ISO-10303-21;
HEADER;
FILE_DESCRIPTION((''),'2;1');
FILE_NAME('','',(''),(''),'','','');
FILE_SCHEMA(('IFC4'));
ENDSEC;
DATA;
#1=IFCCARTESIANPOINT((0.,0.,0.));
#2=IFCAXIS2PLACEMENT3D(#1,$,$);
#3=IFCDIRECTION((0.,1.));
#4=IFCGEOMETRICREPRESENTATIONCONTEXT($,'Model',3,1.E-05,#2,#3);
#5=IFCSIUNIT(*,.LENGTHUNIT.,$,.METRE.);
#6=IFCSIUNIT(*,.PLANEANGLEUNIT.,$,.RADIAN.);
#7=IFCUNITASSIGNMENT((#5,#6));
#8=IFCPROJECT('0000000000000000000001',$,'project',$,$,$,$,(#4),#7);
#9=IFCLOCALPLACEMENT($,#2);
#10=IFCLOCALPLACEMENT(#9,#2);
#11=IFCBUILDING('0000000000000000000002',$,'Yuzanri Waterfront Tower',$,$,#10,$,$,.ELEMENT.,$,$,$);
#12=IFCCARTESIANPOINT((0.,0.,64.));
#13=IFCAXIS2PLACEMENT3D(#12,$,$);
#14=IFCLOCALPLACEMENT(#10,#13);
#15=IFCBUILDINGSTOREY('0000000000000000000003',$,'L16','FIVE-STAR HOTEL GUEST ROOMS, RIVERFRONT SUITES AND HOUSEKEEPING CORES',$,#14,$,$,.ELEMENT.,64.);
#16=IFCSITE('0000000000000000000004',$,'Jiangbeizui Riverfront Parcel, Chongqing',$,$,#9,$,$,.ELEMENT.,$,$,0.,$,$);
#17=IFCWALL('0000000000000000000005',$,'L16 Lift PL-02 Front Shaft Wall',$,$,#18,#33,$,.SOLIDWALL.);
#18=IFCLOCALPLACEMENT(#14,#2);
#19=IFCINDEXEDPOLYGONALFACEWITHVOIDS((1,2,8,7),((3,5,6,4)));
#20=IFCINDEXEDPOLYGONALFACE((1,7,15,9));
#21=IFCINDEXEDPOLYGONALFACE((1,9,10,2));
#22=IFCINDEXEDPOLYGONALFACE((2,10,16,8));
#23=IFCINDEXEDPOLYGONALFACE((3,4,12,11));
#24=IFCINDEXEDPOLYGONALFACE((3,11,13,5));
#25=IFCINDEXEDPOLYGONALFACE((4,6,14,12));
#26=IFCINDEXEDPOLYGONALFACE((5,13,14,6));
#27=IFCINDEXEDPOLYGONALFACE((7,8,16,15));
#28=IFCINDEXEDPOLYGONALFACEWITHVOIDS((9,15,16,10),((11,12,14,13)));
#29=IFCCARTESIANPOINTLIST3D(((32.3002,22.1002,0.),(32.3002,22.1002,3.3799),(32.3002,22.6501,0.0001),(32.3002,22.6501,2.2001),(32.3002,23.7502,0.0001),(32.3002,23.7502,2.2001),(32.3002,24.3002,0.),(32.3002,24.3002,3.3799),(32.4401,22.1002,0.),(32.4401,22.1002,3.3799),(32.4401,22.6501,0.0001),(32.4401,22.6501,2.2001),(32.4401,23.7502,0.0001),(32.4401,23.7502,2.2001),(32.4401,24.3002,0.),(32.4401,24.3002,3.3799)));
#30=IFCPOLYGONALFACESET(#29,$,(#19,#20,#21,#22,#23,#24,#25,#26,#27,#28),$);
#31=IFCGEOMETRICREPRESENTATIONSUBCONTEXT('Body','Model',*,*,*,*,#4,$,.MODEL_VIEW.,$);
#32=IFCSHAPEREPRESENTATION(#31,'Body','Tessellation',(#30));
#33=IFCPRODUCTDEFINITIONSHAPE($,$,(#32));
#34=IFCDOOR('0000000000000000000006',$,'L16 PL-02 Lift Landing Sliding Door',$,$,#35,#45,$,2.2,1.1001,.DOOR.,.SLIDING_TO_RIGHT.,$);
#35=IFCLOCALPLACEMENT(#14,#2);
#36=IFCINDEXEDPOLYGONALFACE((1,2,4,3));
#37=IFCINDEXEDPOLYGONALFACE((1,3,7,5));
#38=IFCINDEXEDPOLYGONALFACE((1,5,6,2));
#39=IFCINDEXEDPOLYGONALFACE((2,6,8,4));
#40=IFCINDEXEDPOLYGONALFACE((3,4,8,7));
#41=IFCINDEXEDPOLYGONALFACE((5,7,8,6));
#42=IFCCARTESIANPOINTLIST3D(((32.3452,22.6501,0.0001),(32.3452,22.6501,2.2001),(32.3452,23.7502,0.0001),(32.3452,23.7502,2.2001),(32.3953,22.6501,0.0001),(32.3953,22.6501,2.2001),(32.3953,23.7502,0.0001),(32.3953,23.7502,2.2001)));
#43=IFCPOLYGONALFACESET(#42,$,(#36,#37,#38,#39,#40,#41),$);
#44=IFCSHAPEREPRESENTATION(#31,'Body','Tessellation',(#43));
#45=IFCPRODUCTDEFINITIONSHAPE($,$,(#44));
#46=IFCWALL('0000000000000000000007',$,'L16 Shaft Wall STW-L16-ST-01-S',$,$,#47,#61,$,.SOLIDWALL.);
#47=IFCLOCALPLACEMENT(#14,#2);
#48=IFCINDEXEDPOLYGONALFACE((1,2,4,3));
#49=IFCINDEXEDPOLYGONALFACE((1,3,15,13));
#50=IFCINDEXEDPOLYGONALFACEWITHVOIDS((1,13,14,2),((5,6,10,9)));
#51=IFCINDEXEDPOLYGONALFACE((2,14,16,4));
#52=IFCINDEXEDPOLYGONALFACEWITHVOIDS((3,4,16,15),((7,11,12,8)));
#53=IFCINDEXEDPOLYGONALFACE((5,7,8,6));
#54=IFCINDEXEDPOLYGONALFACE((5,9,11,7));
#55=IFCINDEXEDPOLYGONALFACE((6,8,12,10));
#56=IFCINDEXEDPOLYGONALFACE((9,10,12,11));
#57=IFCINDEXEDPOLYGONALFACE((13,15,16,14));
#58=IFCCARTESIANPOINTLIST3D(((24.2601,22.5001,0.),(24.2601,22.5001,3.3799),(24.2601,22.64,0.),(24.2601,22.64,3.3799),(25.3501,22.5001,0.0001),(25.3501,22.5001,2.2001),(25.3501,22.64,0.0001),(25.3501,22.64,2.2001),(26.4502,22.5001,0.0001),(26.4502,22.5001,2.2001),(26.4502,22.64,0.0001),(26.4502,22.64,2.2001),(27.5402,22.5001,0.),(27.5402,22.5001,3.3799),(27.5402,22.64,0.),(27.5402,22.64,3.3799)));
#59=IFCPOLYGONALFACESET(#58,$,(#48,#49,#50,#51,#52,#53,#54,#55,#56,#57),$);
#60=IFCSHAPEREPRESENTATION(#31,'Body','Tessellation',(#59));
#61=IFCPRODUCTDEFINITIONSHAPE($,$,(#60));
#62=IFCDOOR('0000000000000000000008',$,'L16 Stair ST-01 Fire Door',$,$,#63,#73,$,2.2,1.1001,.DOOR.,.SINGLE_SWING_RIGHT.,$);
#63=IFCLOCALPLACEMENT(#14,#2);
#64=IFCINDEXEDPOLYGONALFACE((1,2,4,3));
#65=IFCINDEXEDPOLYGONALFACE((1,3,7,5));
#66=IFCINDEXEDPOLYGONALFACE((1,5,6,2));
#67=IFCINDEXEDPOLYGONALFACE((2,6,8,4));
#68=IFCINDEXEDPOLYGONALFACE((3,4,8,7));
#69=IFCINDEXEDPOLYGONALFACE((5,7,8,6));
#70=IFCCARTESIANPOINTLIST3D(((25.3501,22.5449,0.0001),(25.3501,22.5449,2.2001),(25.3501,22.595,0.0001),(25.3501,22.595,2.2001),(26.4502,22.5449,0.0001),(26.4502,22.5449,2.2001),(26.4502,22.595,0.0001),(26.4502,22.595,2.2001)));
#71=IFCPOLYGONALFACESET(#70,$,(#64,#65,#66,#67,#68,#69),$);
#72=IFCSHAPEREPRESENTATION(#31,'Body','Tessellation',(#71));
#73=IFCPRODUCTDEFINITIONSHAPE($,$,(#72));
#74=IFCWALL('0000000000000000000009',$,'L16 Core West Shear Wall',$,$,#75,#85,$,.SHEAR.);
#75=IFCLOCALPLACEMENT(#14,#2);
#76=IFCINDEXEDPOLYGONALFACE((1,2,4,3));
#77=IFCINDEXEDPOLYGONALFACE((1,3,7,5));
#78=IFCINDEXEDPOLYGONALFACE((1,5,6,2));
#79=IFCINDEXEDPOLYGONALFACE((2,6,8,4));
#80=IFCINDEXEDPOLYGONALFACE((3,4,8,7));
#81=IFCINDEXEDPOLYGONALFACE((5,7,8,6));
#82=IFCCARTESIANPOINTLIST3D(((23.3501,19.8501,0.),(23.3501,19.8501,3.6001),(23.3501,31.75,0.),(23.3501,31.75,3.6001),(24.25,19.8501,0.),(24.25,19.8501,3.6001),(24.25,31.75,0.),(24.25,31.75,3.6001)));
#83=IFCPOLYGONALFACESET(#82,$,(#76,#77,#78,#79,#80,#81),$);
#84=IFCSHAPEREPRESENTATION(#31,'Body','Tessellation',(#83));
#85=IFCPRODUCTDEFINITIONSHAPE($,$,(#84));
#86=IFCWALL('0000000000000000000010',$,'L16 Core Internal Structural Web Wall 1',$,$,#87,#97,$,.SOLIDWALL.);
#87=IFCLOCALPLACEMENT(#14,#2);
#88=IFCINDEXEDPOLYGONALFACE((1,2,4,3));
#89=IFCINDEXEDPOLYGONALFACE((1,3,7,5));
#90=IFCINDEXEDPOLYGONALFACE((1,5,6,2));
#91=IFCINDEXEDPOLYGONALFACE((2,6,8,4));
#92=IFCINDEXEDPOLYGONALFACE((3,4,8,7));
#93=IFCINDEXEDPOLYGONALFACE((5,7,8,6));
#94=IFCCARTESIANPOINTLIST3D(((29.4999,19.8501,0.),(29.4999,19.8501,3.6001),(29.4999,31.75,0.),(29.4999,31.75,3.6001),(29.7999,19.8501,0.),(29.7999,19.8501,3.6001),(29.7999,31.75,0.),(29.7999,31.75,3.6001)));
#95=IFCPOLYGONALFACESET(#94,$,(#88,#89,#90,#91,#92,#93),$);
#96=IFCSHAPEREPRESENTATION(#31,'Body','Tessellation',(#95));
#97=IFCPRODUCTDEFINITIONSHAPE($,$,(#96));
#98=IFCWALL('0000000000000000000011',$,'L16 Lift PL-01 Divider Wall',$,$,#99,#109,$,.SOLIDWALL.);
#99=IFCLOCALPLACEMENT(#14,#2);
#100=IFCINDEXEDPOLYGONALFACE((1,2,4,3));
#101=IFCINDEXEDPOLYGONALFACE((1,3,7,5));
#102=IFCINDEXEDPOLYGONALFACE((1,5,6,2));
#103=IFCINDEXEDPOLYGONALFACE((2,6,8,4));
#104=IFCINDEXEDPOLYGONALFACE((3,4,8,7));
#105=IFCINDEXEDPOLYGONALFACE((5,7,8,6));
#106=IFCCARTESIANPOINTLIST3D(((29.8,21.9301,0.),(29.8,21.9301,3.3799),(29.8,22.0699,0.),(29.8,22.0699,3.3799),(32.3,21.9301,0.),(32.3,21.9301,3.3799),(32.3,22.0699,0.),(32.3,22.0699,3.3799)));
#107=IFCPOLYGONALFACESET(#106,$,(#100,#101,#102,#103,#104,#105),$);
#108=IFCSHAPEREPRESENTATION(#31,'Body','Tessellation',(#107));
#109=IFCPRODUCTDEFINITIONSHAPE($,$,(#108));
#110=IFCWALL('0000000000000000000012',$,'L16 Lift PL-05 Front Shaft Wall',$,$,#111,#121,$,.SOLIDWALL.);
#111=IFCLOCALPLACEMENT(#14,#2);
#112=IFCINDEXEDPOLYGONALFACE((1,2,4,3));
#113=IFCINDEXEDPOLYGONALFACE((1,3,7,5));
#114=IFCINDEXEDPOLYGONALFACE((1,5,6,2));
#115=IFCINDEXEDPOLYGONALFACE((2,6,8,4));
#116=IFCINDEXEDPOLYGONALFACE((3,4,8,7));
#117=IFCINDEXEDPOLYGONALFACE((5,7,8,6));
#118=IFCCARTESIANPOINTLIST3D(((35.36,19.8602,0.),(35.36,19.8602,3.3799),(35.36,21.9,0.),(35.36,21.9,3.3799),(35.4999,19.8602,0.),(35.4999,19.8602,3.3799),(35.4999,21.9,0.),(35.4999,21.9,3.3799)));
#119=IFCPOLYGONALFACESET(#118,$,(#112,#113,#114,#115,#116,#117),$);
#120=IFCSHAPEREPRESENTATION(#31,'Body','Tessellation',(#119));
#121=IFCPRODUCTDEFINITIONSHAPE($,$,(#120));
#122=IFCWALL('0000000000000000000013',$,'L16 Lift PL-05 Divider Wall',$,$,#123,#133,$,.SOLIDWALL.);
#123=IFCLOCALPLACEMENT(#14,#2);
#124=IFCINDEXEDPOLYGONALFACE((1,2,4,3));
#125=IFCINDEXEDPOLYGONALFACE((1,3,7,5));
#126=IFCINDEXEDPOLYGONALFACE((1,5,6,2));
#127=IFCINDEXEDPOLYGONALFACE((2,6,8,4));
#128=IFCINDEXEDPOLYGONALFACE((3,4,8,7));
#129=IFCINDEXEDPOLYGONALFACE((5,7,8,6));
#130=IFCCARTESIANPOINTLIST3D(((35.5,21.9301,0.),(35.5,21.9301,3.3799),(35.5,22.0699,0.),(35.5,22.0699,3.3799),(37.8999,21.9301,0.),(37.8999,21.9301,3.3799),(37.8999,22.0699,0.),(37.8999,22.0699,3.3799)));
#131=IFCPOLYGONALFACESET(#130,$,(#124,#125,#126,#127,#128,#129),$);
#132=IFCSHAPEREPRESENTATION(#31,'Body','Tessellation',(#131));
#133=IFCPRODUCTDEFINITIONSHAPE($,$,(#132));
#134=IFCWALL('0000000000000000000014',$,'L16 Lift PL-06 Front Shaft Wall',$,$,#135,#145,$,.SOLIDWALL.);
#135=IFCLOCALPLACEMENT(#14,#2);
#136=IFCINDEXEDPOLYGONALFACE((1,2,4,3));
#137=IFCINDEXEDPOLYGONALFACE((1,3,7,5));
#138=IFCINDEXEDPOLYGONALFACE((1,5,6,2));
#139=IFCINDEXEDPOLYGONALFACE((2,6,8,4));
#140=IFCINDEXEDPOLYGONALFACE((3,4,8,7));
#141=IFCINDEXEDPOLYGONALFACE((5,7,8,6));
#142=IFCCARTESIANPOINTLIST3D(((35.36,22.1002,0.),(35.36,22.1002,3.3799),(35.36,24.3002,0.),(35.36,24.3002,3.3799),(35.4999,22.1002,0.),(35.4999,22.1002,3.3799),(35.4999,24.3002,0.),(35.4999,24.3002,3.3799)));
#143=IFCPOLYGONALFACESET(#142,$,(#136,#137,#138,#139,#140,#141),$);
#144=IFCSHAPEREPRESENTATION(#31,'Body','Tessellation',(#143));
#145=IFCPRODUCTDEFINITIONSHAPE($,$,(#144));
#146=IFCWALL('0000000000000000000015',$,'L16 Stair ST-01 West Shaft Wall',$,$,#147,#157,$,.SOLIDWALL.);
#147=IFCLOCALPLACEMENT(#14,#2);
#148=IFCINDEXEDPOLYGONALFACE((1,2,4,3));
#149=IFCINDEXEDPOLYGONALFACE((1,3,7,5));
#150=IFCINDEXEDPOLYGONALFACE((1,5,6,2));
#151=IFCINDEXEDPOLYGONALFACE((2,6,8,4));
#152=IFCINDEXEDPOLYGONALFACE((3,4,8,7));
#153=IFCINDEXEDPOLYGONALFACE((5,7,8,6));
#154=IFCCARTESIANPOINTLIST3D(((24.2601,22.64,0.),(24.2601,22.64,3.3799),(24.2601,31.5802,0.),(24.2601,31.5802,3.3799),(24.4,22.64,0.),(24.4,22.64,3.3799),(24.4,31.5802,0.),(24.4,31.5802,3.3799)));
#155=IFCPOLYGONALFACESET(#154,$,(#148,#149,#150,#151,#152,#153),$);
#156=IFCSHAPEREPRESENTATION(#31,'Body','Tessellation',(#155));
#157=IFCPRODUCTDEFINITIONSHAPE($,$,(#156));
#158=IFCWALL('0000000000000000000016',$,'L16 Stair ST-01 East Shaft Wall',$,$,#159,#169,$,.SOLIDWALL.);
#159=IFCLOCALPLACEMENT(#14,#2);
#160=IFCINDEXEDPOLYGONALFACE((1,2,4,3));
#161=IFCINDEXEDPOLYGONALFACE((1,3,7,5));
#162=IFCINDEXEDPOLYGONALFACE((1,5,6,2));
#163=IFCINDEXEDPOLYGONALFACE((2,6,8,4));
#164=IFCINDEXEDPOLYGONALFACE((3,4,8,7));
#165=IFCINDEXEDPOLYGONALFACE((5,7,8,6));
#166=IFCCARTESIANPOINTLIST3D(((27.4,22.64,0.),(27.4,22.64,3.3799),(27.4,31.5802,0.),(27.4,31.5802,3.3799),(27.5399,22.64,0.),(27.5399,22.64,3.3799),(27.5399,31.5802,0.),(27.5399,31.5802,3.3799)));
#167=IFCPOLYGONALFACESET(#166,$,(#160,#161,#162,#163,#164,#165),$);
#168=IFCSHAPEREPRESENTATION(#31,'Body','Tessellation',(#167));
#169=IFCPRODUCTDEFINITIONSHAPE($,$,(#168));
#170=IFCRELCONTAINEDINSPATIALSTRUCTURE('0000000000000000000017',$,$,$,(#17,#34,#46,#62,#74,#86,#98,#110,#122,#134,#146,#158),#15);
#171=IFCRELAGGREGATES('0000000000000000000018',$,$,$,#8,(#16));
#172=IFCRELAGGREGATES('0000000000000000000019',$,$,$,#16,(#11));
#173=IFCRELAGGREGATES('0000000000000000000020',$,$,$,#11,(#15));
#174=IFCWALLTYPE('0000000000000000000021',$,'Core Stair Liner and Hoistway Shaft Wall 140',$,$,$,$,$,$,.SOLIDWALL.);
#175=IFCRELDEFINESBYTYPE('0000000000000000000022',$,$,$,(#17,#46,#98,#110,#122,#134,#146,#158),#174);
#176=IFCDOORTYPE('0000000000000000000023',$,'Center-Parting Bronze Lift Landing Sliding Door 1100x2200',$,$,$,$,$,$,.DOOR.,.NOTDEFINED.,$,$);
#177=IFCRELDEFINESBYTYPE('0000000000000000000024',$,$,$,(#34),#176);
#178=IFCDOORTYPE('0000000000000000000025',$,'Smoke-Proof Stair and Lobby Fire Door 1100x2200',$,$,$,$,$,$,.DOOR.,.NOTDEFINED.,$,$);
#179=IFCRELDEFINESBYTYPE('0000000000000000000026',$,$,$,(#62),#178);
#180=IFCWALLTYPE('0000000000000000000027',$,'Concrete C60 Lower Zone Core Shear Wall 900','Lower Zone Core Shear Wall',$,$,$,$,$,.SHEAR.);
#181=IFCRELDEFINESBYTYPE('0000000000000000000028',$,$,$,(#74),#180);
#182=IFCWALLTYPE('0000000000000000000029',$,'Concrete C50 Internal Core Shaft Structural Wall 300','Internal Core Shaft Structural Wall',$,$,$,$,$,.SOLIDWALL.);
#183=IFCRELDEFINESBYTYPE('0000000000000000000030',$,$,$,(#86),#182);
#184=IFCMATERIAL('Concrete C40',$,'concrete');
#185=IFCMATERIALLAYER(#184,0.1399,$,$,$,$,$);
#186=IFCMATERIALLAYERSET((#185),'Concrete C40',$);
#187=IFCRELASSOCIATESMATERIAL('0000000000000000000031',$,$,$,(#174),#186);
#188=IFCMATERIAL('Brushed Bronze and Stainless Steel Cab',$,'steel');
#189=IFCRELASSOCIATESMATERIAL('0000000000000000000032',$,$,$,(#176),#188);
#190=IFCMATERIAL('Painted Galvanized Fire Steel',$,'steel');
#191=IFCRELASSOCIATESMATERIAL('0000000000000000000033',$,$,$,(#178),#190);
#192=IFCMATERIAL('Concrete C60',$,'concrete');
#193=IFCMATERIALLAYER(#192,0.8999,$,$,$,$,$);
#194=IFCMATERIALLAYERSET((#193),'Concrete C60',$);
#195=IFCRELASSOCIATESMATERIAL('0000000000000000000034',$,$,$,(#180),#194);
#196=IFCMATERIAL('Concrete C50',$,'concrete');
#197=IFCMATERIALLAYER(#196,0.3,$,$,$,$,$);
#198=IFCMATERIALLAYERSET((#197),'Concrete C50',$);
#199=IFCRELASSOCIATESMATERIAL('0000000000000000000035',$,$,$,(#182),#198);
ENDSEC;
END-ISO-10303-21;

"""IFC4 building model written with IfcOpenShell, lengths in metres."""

from ifc_helpers import new_model, si_unit, direction, frame, frame_2d, origin, place, context, subcontext, project, spatial, rectangle, extrude, source, transform, mapped, material, layer, layer_set, type_object, element, fill, save


model = new_model("IFC4")

# Units and contexts
model_context = context("Model", 3, precision=1e-05, world=origin(), true_north=direction((0.0, 1.0)))
body_context = subcontext(model_context, "Body", "Model", "MODEL_VIEW")
ifc_project = project(units=[si_unit("LENGTHUNIT", "METRE"), si_unit("PLANEANGLEUNIT", "RADIAN")], contexts=[model_context])

# Site, building, storey
site_placement = place(None, origin())
site = spatial("IfcSite", under=ifc_project, at=site_placement, Name="Jiangbeizui Riverfront Parcel, Chongqing", CompositionType="ELEMENT", RefElevation=0.0)
building_placement = place(site_placement, origin())
building = spatial("IfcBuilding", under=site, at=building_placement, Name="Yuzanri Waterfront Tower", CompositionType="ELEMENT")
storey_placement = place(building_placement, frame((0.0, 0.0, 64.0)))
storey = spatial("IfcBuildingStorey", under=building, at=storey_placement, Name="L16", Description="FIVE-STAR HOTEL GUEST ROOMS, RIVERFRONT SUITES AND HOUSEKEEPING CORES", CompositionType="ELEMENT", Elevation=64.0)

# Walls, openings, doors
ifc_material_1 = material(Name="Concrete C40", Category="concrete")
ifc_layer_1 = layer(ifc_material_1, 0.1399)
ifc_layer_set_1 = layer_set([ifc_layer_1], Name="Concrete C40")
wall_type_1 = type_object("IfcWallType", Name="Core Stair Liner and Hoistway Shaft Wall 140", PredefinedType="SOLIDWALL", material=ifc_layer_set_1)
ifc_material_2 = material(Name="Brushed Bronze and Stainless Steel Cab", Category="steel")
door_type_1 = type_object("IfcDoorType", Name="Center-Parting Bronze Lift Landing Sliding Door 1100x2200", OperationType="NOTDEFINED", PredefinedType="DOOR", material=ifc_material_2)
shared_shape_1 = source(origin(), body_context, "Body", "SweptSolid", [
    extrude(rectangle(XDim=1.1001, YDim=2.2, at=frame_2d((0.55, 1.1001))), frame((0.0, 0.0249, 0.0), z_axis=(0.0, -1.0, 0.0), x_axis=(1.0, 0.0, 0.0)), (0.0, 0.0, 1.0), 0.05),
])
wall_1_placement = place(storey_placement, frame((32.3701, 22.1001, 0.0), z_axis=(0.0, 0.0, 1.0), x_axis=(0.0, 1.0, 0.0)))
wall_1 = element("IfcWall", 1, at=wall_1_placement, inside=storey, type_object=wall_type_1, Name="L16 Lift PL-02 Front Shaft Wall", PredefinedType="SOLIDWALL", context=body_context, shape_type="SweptSolid", body=[
    extrude(rectangle(XDim=2.2, YDim=0.1399, at=frame_2d((1.1001, 0.0))), origin(), (0.0, 0.0, 1.0), 3.3799),
])
opening_1_placement = place(wall_1_placement, frame((0.55, 0.0, 0.0)))
opening_1 = element("IfcOpeningElement", 2, at=opening_1_placement, cuts=wall_1, PredefinedType="OPENING", context=body_context, shape_type="SweptSolid", body=[
    extrude(rectangle(XDim=1.1001, YDim=2.2, at=frame_2d((0.55, 1.1001))), frame((0.0, 0.085, 0.0), z_axis=(0.0, -1.0, 0.0), x_axis=(1.0, 0.0, 0.0)), (0.0, 0.0, 1.0), 0.1697),
])
door_1_placement = place(opening_1_placement, origin())
door_1 = element("IfcDoor", 3, at=door_1_placement, inside=storey, type_object=door_type_1, Name="L16 PL-02 Lift Landing Sliding Door", OperationType="SLIDING_TO_RIGHT", OverallHeight=2.2, OverallWidth=1.1001, PredefinedType="DOOR", context=body_context, shape_type="MappedRepresentation", body=[
    mapped(shared_shape_1, transform((0.0, 0.0, 0.0), scale=1.0)),
])
fill(opening_1, door_1)
wall_2_placement = place(storey_placement, frame((24.26, 22.5701, 0.0), z_axis=(0.0, 0.0, 1.0), x_axis=(1.0, 0.0, 0.0)))
wall_2 = element("IfcWall", 4, at=wall_2_placement, inside=storey, type_object=wall_type_1, Name="L16 Shaft Wall STW-L16-ST-01-S", PredefinedType="SOLIDWALL", context=body_context, shape_type="SweptSolid", body=[
    extrude(rectangle(XDim=3.28, YDim=0.1399, at=frame_2d((1.6401, 0.0))), origin(), (0.0, 0.0, 1.0), 3.3799),
])
opening_2_placement = place(wall_2_placement, frame((1.0901, 0.0, 0.0)))
opening_2 = element("IfcOpeningElement", 5, at=opening_2_placement, cuts=wall_2, PredefinedType="OPENING", context=body_context, shape_type="SweptSolid", body=[
    extrude(rectangle(XDim=1.1001, YDim=2.2, at=frame_2d((0.55, 1.1001))), frame((0.0, 0.085, 0.0), z_axis=(0.0, -1.0, 0.0), x_axis=(1.0, 0.0, 0.0)), (0.0, 0.0, 1.0), 0.1697),
])
ifc_material_3 = material(Name="Painted Galvanized Fire Steel", Category="steel")
door_type_2 = type_object("IfcDoorType", Name="Smoke-Proof Stair and Lobby Fire Door 1100x2200", OperationType="NOTDEFINED", PredefinedType="DOOR", material=ifc_material_3)
shared_shape_2 = source(origin(), body_context, "Body", "SweptSolid", [
    extrude(rectangle(XDim=1.1001, YDim=2.2, at=frame_2d((0.55, 1.1001))), frame((0.0, 0.0249, 0.0), z_axis=(0.0, -1.0, 0.0), x_axis=(1.0, 0.0, 0.0)), (0.0, 0.0, 1.0), 0.05),
])
door_2_placement = place(opening_2_placement, origin())
door_2 = element("IfcDoor", 6, at=door_2_placement, inside=storey, type_object=door_type_2, Name="L16 Stair ST-01 Fire Door", OperationType="SINGLE_SWING_RIGHT", OverallHeight=2.2, OverallWidth=1.1001, PredefinedType="DOOR", context=body_context, shape_type="MappedRepresentation", body=[
    mapped(shared_shape_2, transform((0.0, 0.0, 0.0), scale=1.0)),
])
fill(opening_2, door_2)

# Walls
ifc_material_4 = material(Name="Concrete C60", Category="concrete")
ifc_layer_2 = layer(ifc_material_4, 0.8999)
ifc_layer_set_2 = layer_set([ifc_layer_2], Name="Concrete C60")
wall_type_2 = type_object("IfcWallType", Name="Concrete C60 Lower Zone Core Shear Wall 900", Description="Lower Zone Core Shear Wall", PredefinedType="SHEAR", material=ifc_layer_set_2)
shared_shape_3 = source(origin(), body_context, "Body", "SweptSolid", [
    extrude(rectangle(XDim=11.8999, YDim=0.8999, at=frame_2d((5.95, 0.0))), origin(), (0.0, 0.0, 1.0), 3.6001),
])
wall_3_placement = place(storey_placement, frame((23.8, 19.8501, 0.0), z_axis=(0.0, 0.0, 1.0), x_axis=(0.0, 1.0, 0.0)))
element("IfcWall", 7, at=wall_3_placement, inside=storey, type_object=wall_type_2, Name="L16 Core West Shear Wall", PredefinedType="SHEAR", context=body_context, shape_type="MappedRepresentation", body=[
    mapped(shared_shape_3, transform((0.0, 0.0, 0.0), scale=1.0)),
])
ifc_material_5 = material(Name="Concrete C50", Category="concrete")
ifc_layer_3 = layer(ifc_material_5, 0.3)
ifc_layer_set_3 = layer_set([ifc_layer_3], Name="Concrete C50")
wall_type_3 = type_object("IfcWallType", Name="Concrete C50 Internal Core Shaft Structural Wall 300", Description="Internal Core Shaft Structural Wall", PredefinedType="SOLIDWALL", material=ifc_layer_set_3)
shared_shape_4 = source(origin(), body_context, "Body", "SweptSolid", [
    extrude(rectangle(XDim=11.8999, YDim=0.3, at=frame_2d((5.95, 0.0))), origin(), (0.0, 0.0, 1.0), 3.6001),
])
wall_4_placement = place(storey_placement, frame((29.6499, 19.8501, 0.0), z_axis=(0.0, 0.0, 1.0), x_axis=(0.0, 1.0, 0.0)))
element("IfcWall", 8, at=wall_4_placement, inside=storey, type_object=wall_type_3, Name="L16 Core Internal Structural Web Wall 1", PredefinedType="SOLIDWALL", context=body_context, shape_type="MappedRepresentation", body=[
    mapped(shared_shape_4, transform((0.0, 0.0, 0.0), scale=1.0)),
])
shared_shape_5 = source(origin(), body_context, "Body", "SweptSolid", [
    extrude(rectangle(XDim=2.5, YDim=0.1399, at=frame_2d((1.25, 0.0))), origin(), (0.0, 0.0, 1.0), 3.3799),
])
wall_5_placement = place(storey_placement, frame((29.8, 22.0, 0.0), z_axis=(0.0, 0.0, 1.0), x_axis=(1.0, 0.0, 0.0)))
element("IfcWall", 9, at=wall_5_placement, inside=storey, type_object=wall_type_1, Name="L16 Lift PL-01 Divider Wall", PredefinedType="SOLIDWALL", context=body_context, shape_type="MappedRepresentation", body=[
    mapped(shared_shape_5, transform((0.0, 0.0, 0.0), scale=1.0)),
])
shared_shape_6 = source(origin(), body_context, "Body", "SweptSolid", [
    extrude(rectangle(XDim=2.0398, YDim=0.1399, at=frame_2d((1.02, 0.0))), origin(), (0.0, 0.0, 1.0), 3.3799),
])
wall_6_placement = place(storey_placement, frame((35.4299, 19.8601, 0.0), z_axis=(0.0, 0.0, 1.0), x_axis=(0.0, 1.0, 0.0)))
element("IfcWall", 10, at=wall_6_placement, inside=storey, type_object=wall_type_1, Name="L16 Lift PL-05 Front Shaft Wall", PredefinedType="SOLIDWALL", context=body_context, shape_type="MappedRepresentation", body=[
    mapped(shared_shape_6, transform((0.0, 0.0, 0.0), scale=1.0)),
])
shared_shape_7 = source(origin(), body_context, "Body", "SweptSolid", [
    extrude(rectangle(XDim=2.3999, YDim=0.1399, at=frame_2d((1.2, 0.0))), origin(), (0.0, 0.0, 1.0), 3.3799),
])
wall_7_placement = place(storey_placement, frame((35.5, 22.0, 0.0), z_axis=(0.0, 0.0, 1.0), x_axis=(1.0, 0.0, 0.0)))
element("IfcWall", 11, at=wall_7_placement, inside=storey, type_object=wall_type_1, Name="L16 Lift PL-05 Divider Wall", PredefinedType="SOLIDWALL", context=body_context, shape_type="MappedRepresentation", body=[
    mapped(shared_shape_7, transform((0.0, 0.0, 0.0), scale=1.0)),
])
shared_shape_8 = source(origin(), body_context, "Body", "SweptSolid", [
    extrude(rectangle(XDim=2.2, YDim=0.1399, at=frame_2d((1.1001, 0.0))), origin(), (0.0, 0.0, 1.0), 3.3799),
])
wall_8_placement = place(storey_placement, frame((35.4299, 22.1001, 0.0), z_axis=(0.0, 0.0, 1.0), x_axis=(0.0, 1.0, 0.0)))
element("IfcWall", 12, at=wall_8_placement, inside=storey, type_object=wall_type_1, Name="L16 Lift PL-06 Front Shaft Wall", PredefinedType="SOLIDWALL", context=body_context, shape_type="MappedRepresentation", body=[
    mapped(shared_shape_8, transform((0.0, 0.0, 0.0), scale=1.0)),
])
shared_shape_9 = source(origin(), body_context, "Body", "SweptSolid", [
    extrude(rectangle(XDim=8.9402, YDim=0.1399, at=frame_2d((4.4702, 0.0))), origin(), (0.0, 0.0, 1.0), 3.3799),
])
for number, where, z_axis, x_axis, name in (
    (13, (24.3301, 22.6399, 0.0), (0.0, 0.0, 1.0), (0.0, 1.0, 0.0), "L16 Stair ST-01 West Shaft Wall"),
    (14, (27.47, 22.6399, 0.0), (0.0, 0.0, 1.0), (0.0, 1.0, 0.0), "L16 Stair ST-01 East Shaft Wall"),
):
    element("IfcWall", number, at=place(storey_placement, frame(where, z_axis=z_axis, x_axis=x_axis)), inside=storey, type_object=wall_type_1, Name=name, PredefinedType="SOLIDWALL", context=body_context, shape_type="MappedRepresentation", body=[
        mapped(shared_shape_9, transform((0.0, 0.0, 0.0), scale=1.0)),
    ])

save(model, "model.ifc")
